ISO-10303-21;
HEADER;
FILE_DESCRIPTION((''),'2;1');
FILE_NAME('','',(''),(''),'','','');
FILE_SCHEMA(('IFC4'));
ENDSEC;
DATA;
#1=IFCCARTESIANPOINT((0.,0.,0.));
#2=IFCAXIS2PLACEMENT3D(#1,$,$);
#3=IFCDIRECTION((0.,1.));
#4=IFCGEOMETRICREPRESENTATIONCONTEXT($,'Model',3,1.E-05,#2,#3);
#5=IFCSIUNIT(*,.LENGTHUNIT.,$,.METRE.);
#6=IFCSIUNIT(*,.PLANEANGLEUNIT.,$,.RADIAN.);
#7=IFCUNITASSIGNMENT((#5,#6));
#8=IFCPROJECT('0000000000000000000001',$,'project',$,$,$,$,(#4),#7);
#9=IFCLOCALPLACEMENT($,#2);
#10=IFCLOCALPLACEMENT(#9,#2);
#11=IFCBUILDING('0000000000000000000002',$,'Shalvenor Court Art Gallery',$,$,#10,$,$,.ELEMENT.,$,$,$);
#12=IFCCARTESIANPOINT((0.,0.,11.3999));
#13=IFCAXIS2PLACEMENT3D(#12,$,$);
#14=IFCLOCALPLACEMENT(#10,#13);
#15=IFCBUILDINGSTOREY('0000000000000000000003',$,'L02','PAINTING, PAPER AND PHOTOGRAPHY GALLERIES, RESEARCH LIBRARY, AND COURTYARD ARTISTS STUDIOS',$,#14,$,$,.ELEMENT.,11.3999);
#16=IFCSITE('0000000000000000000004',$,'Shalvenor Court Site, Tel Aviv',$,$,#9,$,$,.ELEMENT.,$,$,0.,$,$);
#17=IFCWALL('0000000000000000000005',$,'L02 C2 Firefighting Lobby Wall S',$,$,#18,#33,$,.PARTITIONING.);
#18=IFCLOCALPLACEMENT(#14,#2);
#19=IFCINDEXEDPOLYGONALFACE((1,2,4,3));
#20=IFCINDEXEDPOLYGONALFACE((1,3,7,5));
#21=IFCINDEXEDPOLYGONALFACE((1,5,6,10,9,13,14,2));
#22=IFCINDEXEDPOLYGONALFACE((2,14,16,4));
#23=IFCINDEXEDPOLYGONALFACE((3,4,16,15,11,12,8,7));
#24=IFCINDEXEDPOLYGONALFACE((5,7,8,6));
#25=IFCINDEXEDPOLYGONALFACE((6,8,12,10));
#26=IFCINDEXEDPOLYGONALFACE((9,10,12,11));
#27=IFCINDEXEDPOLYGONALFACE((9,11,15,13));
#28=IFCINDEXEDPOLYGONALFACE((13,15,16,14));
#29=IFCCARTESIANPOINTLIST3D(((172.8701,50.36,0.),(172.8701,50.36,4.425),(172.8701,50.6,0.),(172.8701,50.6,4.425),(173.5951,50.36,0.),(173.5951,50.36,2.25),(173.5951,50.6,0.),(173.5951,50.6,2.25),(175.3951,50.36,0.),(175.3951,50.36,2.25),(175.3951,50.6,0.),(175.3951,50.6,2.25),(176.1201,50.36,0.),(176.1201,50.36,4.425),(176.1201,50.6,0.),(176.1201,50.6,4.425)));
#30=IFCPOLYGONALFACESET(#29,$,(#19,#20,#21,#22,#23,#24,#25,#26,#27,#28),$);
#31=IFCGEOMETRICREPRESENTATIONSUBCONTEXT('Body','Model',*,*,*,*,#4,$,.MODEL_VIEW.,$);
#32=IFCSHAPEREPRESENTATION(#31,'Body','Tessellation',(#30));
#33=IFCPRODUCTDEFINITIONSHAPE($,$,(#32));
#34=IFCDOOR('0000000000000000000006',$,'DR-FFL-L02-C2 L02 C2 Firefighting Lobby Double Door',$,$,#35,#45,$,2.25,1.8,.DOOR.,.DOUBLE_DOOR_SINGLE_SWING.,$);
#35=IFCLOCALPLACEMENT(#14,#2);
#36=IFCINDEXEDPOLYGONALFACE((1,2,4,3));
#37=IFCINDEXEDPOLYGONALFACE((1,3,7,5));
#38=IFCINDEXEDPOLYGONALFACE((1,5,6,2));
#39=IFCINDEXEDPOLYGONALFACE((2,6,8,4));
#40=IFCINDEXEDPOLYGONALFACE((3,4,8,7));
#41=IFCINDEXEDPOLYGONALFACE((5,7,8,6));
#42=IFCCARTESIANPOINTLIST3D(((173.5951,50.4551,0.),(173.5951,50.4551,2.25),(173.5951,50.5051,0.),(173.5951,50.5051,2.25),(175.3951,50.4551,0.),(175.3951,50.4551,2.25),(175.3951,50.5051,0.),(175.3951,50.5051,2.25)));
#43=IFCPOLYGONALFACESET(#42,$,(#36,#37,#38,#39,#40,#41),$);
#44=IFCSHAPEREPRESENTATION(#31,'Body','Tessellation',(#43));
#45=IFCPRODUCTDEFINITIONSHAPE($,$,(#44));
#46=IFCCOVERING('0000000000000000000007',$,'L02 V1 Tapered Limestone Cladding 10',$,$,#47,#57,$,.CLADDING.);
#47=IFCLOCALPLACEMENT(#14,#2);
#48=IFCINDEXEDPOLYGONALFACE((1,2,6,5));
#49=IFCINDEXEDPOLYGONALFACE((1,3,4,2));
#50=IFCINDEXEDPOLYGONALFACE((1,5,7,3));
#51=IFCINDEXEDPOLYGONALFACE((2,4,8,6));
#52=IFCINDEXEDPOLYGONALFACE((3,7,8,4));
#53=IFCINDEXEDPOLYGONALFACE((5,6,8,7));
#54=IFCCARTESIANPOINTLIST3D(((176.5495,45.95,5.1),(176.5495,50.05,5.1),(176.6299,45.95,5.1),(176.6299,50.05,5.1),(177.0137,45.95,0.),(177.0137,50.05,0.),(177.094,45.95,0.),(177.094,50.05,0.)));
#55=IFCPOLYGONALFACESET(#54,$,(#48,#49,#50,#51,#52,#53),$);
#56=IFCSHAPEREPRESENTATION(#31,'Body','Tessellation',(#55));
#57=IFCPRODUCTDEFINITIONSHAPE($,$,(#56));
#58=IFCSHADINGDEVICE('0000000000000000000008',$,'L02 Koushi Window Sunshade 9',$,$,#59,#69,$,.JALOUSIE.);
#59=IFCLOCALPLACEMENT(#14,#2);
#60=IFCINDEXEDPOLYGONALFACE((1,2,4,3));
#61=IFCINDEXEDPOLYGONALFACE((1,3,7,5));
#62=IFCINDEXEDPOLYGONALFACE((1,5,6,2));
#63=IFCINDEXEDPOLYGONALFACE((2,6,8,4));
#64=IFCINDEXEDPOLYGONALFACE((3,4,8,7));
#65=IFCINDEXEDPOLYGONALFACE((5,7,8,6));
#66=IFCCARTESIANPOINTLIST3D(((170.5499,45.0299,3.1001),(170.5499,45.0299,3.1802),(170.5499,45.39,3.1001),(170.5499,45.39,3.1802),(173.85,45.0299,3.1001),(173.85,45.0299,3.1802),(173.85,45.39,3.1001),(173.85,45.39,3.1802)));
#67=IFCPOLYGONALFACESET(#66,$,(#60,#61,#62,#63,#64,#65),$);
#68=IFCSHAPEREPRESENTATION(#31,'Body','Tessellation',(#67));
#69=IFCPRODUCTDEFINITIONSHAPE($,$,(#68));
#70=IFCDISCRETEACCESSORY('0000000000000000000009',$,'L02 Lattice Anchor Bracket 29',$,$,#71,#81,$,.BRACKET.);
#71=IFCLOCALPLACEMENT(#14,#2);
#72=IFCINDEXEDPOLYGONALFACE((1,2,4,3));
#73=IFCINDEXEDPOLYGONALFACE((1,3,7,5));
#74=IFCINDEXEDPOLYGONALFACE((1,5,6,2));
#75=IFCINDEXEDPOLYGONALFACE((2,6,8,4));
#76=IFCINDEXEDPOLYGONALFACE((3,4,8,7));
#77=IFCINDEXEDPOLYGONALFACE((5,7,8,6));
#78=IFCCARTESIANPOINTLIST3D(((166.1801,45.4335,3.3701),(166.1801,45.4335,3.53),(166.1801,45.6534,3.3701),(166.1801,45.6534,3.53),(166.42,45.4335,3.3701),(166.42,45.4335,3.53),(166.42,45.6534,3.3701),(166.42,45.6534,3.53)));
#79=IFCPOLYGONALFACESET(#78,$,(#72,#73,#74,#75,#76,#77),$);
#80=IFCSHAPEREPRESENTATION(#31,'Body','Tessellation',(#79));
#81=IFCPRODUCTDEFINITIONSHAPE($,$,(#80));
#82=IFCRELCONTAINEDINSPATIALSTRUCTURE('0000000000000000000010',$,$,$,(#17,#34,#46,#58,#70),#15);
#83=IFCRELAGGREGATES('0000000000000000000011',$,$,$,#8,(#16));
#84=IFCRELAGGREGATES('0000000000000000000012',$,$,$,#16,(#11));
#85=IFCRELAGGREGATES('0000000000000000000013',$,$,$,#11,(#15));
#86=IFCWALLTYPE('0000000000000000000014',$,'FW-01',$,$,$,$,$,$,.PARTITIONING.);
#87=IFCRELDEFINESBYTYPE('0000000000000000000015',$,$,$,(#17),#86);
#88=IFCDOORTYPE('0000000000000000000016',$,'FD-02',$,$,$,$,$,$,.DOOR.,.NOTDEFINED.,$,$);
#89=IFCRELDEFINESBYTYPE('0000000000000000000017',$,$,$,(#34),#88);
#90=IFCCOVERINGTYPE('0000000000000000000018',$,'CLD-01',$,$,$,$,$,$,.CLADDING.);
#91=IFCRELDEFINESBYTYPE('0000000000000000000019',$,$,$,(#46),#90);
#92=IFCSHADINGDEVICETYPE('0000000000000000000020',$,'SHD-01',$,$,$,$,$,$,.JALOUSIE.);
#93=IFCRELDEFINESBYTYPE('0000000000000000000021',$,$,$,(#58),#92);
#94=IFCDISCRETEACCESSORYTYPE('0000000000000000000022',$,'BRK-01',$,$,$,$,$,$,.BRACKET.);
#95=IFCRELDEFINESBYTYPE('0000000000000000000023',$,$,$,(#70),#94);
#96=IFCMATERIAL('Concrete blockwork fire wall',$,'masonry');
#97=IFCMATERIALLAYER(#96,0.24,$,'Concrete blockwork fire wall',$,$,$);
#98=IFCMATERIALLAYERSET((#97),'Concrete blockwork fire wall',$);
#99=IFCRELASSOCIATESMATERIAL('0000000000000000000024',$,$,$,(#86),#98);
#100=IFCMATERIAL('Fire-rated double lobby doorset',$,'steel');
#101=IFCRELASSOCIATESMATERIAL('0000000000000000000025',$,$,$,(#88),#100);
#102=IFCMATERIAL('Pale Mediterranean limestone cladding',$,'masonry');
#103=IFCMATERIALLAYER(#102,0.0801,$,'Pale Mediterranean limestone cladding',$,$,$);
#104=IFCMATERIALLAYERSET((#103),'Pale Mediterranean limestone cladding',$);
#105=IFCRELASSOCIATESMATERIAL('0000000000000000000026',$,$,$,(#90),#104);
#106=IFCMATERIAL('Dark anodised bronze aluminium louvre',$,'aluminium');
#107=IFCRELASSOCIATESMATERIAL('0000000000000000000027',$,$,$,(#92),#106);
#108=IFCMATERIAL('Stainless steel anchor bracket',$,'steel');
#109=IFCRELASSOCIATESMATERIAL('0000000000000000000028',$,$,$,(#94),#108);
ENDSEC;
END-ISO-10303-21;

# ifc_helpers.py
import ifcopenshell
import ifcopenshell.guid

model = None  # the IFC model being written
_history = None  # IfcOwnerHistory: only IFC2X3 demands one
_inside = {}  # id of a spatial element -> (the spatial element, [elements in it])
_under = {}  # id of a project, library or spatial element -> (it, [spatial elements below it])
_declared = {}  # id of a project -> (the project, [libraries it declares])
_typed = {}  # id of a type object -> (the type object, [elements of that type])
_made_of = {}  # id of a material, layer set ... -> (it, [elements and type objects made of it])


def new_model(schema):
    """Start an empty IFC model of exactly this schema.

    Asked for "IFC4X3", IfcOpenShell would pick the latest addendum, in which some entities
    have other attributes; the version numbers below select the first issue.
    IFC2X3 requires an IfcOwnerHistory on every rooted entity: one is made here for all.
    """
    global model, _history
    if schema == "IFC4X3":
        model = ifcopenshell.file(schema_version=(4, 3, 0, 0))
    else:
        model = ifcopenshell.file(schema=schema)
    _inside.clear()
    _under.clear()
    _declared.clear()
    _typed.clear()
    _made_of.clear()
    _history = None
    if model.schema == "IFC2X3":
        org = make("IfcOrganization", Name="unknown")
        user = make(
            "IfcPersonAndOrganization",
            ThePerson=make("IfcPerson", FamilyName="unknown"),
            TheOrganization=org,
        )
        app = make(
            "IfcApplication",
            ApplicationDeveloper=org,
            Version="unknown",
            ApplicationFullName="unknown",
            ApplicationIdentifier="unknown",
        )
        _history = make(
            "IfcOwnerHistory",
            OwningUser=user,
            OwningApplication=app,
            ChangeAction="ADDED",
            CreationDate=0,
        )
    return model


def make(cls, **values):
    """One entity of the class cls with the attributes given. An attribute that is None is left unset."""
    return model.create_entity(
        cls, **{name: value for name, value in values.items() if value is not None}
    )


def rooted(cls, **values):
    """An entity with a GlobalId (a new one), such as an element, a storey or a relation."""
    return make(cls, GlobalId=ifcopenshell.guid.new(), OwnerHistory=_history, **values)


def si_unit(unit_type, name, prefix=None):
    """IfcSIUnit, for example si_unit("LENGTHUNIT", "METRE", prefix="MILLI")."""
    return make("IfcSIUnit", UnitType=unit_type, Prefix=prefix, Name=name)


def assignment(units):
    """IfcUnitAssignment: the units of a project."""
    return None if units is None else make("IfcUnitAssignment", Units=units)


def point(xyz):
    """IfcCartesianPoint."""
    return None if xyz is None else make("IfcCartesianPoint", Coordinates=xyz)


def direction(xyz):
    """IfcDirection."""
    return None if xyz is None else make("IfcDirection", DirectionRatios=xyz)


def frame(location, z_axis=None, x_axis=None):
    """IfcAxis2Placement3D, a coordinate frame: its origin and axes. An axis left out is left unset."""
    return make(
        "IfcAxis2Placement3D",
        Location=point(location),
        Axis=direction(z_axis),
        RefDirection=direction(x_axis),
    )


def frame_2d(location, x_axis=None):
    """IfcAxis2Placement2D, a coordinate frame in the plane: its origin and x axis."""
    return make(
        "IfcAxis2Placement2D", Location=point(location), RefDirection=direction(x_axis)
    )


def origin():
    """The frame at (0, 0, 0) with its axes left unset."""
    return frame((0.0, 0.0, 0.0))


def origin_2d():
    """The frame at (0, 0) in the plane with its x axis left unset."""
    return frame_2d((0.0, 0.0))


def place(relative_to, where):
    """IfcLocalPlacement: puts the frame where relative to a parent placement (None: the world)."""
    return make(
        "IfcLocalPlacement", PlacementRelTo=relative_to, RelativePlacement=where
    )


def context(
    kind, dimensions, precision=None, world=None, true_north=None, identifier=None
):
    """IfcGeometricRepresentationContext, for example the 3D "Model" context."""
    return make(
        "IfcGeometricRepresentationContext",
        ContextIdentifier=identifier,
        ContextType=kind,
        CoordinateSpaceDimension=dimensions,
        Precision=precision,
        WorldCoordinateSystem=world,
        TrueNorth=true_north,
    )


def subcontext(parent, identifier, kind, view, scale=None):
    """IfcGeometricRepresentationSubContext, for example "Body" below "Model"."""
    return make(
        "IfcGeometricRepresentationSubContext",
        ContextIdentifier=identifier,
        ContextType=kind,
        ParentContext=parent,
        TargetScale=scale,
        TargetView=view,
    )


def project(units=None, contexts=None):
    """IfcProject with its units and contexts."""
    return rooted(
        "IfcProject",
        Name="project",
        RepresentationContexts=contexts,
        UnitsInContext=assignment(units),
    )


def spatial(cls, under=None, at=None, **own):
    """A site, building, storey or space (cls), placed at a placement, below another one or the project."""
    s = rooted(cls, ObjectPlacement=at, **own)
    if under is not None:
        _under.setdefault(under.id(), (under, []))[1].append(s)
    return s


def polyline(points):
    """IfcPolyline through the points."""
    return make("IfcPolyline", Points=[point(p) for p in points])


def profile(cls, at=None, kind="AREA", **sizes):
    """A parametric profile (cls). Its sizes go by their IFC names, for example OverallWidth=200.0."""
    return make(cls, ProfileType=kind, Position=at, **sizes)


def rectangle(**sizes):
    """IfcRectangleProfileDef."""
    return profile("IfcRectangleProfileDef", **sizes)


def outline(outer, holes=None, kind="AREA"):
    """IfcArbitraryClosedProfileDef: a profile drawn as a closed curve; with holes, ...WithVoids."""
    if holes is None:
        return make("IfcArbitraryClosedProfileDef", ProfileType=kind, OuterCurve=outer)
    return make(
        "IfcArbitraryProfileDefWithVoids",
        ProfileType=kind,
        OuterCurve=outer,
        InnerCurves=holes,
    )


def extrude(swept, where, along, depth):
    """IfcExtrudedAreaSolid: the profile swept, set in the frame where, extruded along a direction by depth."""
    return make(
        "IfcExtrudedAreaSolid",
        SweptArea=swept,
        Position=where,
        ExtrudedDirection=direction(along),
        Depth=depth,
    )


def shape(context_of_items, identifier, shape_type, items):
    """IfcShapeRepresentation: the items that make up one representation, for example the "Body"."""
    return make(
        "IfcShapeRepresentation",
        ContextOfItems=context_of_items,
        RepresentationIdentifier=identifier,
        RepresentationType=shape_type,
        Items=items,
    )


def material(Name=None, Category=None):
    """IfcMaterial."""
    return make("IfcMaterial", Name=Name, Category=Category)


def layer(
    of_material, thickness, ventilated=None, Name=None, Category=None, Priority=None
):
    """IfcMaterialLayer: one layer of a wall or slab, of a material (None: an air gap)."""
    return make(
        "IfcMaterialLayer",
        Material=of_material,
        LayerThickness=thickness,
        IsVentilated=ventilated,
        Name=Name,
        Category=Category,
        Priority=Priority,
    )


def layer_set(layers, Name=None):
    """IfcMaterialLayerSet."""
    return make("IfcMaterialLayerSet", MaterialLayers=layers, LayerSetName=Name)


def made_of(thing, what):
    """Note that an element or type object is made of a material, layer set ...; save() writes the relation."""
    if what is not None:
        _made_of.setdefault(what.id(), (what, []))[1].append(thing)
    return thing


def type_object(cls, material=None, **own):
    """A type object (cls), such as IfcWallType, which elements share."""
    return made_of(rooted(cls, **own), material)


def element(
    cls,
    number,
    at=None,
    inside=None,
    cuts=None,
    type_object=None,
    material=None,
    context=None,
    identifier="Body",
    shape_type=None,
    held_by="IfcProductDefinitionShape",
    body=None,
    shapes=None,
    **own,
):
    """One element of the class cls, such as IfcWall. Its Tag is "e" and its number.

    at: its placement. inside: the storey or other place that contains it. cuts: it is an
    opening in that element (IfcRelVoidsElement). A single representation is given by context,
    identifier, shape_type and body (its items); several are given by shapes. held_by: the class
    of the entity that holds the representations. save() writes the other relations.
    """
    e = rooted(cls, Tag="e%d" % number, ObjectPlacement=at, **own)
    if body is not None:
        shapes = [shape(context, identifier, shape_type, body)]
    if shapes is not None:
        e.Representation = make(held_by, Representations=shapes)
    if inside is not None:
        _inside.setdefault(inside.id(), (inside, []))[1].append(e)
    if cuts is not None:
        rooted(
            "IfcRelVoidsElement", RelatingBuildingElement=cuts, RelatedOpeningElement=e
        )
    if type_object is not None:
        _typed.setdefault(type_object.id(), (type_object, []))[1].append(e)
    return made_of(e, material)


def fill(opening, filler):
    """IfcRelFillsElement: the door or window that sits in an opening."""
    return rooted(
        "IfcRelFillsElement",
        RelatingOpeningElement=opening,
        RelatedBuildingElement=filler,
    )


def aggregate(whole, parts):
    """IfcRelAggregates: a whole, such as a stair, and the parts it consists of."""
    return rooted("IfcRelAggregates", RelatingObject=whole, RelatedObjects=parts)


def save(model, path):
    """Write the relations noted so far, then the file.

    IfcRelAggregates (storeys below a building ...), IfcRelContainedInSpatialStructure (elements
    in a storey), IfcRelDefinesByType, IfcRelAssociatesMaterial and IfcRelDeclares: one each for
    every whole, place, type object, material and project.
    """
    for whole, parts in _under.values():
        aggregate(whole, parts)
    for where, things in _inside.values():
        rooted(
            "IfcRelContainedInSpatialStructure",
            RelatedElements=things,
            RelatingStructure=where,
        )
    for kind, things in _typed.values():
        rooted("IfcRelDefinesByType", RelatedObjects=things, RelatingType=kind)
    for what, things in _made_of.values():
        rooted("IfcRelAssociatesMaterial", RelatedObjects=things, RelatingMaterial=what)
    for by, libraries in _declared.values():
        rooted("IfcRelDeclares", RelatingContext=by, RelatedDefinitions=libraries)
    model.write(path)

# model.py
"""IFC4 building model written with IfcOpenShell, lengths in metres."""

from ifc_helpers import new_model, si_unit, direction, frame, frame_2d, origin, origin_2d, place, context, subcontext, project, spatial, polyline, rectangle, outline, extrude, material, layer, layer_set, type_object, element, fill, save


model = new_model("IFC4")

# Units and contexts
model_context = context("Model", 3, precision=1e-05, world=origin(), true_north=direction((0.0, 1.0)))
body_context = subcontext(model_context, "Body", "Model", "MODEL_VIEW")
ifc_project = project(units=[si_unit("LENGTHUNIT", "METRE"), si_unit("PLANEANGLEUNIT", "RADIAN")], contexts=[model_context])

# Site, building, storey
site_placement = place(None, origin())
site = spatial("IfcSite", under=ifc_project, at=site_placement, Name="Shalvenor Court Site, Tel Aviv", CompositionType="ELEMENT", RefElevation=0.0)
building_placement = place(site_placement, origin())
building = spatial("IfcBuilding", under=site, at=building_placement, Name="Shalvenor Court Art Gallery", CompositionType="ELEMENT")
storey_placement = place(building_placement, frame((0.0, 0.0, 11.3999)))
storey = spatial("IfcBuildingStorey", under=building, at=storey_placement, Name="L02", Description="PAINTING, PAPER AND PHOTOGRAPHY GALLERIES, RESEARCH LIBRARY, AND COURTYARD ARTISTS STUDIOS", CompositionType="ELEMENT", Elevation=11.3999)

# Wall, opening, door
ifc_material_1 = material(Name="Concrete blockwork fire wall", Category="masonry")
ifc_layer_1 = layer(ifc_material_1, 0.24, Name="Concrete blockwork fire wall")
ifc_layer_set_1 = layer_set([ifc_layer_1], Name="Concrete blockwork fire wall")
wall_type_1 = type_object("IfcWallType", Name="FW-01", PredefinedType="PARTITIONING", material=ifc_layer_set_1)
wall_1_placement = place(storey_placement, frame((176.1201, 50.48, 0.0), z_axis=(0.0, 0.0, 1.0), x_axis=(-1.0, 0.0, 0.0)))
wall_1 = element("IfcWall", 1, at=wall_1_placement, inside=storey, type_object=wall_type_1, Name="L02 C2 Firefighting Lobby Wall S", PredefinedType="PARTITIONING", context=body_context, shape_type="SweptSolid", body=[
    extrude(rectangle(XDim=3.25, YDim=0.24, at=frame_2d((1.625, 0.0))), origin(), (0.0, 0.0, 1.0), 4.425),
])
opening_1_placement = place(wall_1_placement, frame((0.7251, 0.0, 0.0)))
opening_1 = element("IfcOpeningElement", 2, at=opening_1_placement, cuts=wall_1, PredefinedType="OPENING", context=body_context, shape_type="SweptSolid", body=[
    extrude(rectangle(XDim=1.8, YDim=2.25, at=frame_2d((0.8999, 1.125))), frame((0.0, 0.1299, 0.0), z_axis=(0.0, -1.0, 0.0), x_axis=(1.0, 0.0, 0.0)), (0.0, 0.0, 1.0), 0.26),
])
ifc_material_2 = material(Name="Fire-rated double lobby doorset", Category="steel")
door_type_1 = type_object("IfcDoorType", Name="FD-02", OperationType="NOTDEFINED", PredefinedType="DOOR", material=ifc_material_2)
door_1_placement = place(opening_1_placement, origin())
door_1 = element("IfcDoor", 3, at=door_1_placement, inside=storey, type_object=door_type_1, Name="DR-FFL-L02-C2 L02 C2 Firefighting Lobby Double Door", OperationType="DOUBLE_DOOR_SINGLE_SWING", OverallHeight=2.25, OverallWidth=1.8, PredefinedType="DOOR", context=body_context, shape_type="SweptSolid", body=[
    extrude(rectangle(XDim=1.8, YDim=2.25, at=frame_2d((0.8999, 1.125))), frame((0.0, 0.0249, 0.0), z_axis=(0.0, -1.0, 0.0), x_axis=(1.0, 0.0, 0.0)), (0.0, 0.0, 1.0), 0.05),
])
fill(opening_1, door_1)

# Covering
ifc_material_3 = material(Name="Pale Mediterranean limestone cladding", Category="masonry")
ifc_layer_2 = layer(ifc_material_3, 0.0801, Name="Pale Mediterranean limestone cladding")
ifc_layer_set_2 = layer_set([ifc_layer_2], Name="Pale Mediterranean limestone cladding")
covering_type = type_object("IfcCoveringType", Name="CLD-01", PredefinedType="CLADDING", material=ifc_layer_set_2)
covering_placement = place(storey_placement, frame((177.094, 45.95, 0.0), z_axis=(0.0, 0.0, 1.0), x_axis=(0.0, 1.0, 0.0)))
element("IfcCovering", 4, at=covering_placement, inside=storey, type_object=covering_type, Name="L02 V1 Tapered Limestone Cladding 10", PredefinedType="CLADDING", context=body_context, shape_type="SweptSolid", body=[
    extrude(outline(polyline([(0.0, 0.0), (4.1001, 0.0), (4.1001, 5.1211), (0.0, 5.1211), (0.0, 0.0)])), frame((0.0, 0.0, 0.0), z_axis=(0.0, -0.995884, 0.090633), x_axis=(1.0, 0.0, 0.0)), (0.0, 0.090633, -0.995884), 0.0803),
])

# Shading device
ifc_material_4 = material(Name="Dark anodised bronze aluminium louvre", Category="aluminium")
shading_device_type = type_object("IfcShadingDeviceType", Name="SHD-01", PredefinedType="JALOUSIE", material=ifc_material_4)
shading_device_placement = place(storey_placement, frame((172.2, 45.21, 3.1001), z_axis=(0.0, 0.0, 1.0), x_axis=(-1.0, 0.0, 0.0)))
element("IfcShadingDevice", 5, at=shading_device_placement, inside=storey, type_object=shading_device_type, Name="L02 Koushi Window Sunshade 9", PredefinedType="JALOUSIE", context=body_context, shape_type="SweptSolid", body=[
    extrude(rectangle(XDim=3.3, YDim=0.3601, at=origin_2d()), origin(), (0.0, 0.0, 1.0), 0.0801),
])

# Discrete accessory
ifc_material_5 = material(Name="Stainless steel anchor bracket", Category="steel")
discrete_accessory_type = type_object("IfcDiscreteAccessoryType", Name="BRK-01", PredefinedType="BRACKET", material=ifc_material_5)
discrete_accessory_placement = place(storey_placement, frame((166.3, 45.5435, 3.3701), z_axis=(0.0, 0.0, 1.0), x_axis=(-1.0, 0.0, 0.0)))
element("IfcDiscreteAccessory", 6, at=discrete_accessory_placement, inside=storey, type_object=discrete_accessory_type, Name="L02 Lattice Anchor Bracket 29", PredefinedType="BRACKET", context=body_context, shape_type="SweptSolid", body=[
    extrude(rectangle(XDim=0.24, YDim=0.22, at=origin_2d()), origin(), (0.0, 0.0, 1.0), 0.1599),
])

save(model, "model.ifc")
